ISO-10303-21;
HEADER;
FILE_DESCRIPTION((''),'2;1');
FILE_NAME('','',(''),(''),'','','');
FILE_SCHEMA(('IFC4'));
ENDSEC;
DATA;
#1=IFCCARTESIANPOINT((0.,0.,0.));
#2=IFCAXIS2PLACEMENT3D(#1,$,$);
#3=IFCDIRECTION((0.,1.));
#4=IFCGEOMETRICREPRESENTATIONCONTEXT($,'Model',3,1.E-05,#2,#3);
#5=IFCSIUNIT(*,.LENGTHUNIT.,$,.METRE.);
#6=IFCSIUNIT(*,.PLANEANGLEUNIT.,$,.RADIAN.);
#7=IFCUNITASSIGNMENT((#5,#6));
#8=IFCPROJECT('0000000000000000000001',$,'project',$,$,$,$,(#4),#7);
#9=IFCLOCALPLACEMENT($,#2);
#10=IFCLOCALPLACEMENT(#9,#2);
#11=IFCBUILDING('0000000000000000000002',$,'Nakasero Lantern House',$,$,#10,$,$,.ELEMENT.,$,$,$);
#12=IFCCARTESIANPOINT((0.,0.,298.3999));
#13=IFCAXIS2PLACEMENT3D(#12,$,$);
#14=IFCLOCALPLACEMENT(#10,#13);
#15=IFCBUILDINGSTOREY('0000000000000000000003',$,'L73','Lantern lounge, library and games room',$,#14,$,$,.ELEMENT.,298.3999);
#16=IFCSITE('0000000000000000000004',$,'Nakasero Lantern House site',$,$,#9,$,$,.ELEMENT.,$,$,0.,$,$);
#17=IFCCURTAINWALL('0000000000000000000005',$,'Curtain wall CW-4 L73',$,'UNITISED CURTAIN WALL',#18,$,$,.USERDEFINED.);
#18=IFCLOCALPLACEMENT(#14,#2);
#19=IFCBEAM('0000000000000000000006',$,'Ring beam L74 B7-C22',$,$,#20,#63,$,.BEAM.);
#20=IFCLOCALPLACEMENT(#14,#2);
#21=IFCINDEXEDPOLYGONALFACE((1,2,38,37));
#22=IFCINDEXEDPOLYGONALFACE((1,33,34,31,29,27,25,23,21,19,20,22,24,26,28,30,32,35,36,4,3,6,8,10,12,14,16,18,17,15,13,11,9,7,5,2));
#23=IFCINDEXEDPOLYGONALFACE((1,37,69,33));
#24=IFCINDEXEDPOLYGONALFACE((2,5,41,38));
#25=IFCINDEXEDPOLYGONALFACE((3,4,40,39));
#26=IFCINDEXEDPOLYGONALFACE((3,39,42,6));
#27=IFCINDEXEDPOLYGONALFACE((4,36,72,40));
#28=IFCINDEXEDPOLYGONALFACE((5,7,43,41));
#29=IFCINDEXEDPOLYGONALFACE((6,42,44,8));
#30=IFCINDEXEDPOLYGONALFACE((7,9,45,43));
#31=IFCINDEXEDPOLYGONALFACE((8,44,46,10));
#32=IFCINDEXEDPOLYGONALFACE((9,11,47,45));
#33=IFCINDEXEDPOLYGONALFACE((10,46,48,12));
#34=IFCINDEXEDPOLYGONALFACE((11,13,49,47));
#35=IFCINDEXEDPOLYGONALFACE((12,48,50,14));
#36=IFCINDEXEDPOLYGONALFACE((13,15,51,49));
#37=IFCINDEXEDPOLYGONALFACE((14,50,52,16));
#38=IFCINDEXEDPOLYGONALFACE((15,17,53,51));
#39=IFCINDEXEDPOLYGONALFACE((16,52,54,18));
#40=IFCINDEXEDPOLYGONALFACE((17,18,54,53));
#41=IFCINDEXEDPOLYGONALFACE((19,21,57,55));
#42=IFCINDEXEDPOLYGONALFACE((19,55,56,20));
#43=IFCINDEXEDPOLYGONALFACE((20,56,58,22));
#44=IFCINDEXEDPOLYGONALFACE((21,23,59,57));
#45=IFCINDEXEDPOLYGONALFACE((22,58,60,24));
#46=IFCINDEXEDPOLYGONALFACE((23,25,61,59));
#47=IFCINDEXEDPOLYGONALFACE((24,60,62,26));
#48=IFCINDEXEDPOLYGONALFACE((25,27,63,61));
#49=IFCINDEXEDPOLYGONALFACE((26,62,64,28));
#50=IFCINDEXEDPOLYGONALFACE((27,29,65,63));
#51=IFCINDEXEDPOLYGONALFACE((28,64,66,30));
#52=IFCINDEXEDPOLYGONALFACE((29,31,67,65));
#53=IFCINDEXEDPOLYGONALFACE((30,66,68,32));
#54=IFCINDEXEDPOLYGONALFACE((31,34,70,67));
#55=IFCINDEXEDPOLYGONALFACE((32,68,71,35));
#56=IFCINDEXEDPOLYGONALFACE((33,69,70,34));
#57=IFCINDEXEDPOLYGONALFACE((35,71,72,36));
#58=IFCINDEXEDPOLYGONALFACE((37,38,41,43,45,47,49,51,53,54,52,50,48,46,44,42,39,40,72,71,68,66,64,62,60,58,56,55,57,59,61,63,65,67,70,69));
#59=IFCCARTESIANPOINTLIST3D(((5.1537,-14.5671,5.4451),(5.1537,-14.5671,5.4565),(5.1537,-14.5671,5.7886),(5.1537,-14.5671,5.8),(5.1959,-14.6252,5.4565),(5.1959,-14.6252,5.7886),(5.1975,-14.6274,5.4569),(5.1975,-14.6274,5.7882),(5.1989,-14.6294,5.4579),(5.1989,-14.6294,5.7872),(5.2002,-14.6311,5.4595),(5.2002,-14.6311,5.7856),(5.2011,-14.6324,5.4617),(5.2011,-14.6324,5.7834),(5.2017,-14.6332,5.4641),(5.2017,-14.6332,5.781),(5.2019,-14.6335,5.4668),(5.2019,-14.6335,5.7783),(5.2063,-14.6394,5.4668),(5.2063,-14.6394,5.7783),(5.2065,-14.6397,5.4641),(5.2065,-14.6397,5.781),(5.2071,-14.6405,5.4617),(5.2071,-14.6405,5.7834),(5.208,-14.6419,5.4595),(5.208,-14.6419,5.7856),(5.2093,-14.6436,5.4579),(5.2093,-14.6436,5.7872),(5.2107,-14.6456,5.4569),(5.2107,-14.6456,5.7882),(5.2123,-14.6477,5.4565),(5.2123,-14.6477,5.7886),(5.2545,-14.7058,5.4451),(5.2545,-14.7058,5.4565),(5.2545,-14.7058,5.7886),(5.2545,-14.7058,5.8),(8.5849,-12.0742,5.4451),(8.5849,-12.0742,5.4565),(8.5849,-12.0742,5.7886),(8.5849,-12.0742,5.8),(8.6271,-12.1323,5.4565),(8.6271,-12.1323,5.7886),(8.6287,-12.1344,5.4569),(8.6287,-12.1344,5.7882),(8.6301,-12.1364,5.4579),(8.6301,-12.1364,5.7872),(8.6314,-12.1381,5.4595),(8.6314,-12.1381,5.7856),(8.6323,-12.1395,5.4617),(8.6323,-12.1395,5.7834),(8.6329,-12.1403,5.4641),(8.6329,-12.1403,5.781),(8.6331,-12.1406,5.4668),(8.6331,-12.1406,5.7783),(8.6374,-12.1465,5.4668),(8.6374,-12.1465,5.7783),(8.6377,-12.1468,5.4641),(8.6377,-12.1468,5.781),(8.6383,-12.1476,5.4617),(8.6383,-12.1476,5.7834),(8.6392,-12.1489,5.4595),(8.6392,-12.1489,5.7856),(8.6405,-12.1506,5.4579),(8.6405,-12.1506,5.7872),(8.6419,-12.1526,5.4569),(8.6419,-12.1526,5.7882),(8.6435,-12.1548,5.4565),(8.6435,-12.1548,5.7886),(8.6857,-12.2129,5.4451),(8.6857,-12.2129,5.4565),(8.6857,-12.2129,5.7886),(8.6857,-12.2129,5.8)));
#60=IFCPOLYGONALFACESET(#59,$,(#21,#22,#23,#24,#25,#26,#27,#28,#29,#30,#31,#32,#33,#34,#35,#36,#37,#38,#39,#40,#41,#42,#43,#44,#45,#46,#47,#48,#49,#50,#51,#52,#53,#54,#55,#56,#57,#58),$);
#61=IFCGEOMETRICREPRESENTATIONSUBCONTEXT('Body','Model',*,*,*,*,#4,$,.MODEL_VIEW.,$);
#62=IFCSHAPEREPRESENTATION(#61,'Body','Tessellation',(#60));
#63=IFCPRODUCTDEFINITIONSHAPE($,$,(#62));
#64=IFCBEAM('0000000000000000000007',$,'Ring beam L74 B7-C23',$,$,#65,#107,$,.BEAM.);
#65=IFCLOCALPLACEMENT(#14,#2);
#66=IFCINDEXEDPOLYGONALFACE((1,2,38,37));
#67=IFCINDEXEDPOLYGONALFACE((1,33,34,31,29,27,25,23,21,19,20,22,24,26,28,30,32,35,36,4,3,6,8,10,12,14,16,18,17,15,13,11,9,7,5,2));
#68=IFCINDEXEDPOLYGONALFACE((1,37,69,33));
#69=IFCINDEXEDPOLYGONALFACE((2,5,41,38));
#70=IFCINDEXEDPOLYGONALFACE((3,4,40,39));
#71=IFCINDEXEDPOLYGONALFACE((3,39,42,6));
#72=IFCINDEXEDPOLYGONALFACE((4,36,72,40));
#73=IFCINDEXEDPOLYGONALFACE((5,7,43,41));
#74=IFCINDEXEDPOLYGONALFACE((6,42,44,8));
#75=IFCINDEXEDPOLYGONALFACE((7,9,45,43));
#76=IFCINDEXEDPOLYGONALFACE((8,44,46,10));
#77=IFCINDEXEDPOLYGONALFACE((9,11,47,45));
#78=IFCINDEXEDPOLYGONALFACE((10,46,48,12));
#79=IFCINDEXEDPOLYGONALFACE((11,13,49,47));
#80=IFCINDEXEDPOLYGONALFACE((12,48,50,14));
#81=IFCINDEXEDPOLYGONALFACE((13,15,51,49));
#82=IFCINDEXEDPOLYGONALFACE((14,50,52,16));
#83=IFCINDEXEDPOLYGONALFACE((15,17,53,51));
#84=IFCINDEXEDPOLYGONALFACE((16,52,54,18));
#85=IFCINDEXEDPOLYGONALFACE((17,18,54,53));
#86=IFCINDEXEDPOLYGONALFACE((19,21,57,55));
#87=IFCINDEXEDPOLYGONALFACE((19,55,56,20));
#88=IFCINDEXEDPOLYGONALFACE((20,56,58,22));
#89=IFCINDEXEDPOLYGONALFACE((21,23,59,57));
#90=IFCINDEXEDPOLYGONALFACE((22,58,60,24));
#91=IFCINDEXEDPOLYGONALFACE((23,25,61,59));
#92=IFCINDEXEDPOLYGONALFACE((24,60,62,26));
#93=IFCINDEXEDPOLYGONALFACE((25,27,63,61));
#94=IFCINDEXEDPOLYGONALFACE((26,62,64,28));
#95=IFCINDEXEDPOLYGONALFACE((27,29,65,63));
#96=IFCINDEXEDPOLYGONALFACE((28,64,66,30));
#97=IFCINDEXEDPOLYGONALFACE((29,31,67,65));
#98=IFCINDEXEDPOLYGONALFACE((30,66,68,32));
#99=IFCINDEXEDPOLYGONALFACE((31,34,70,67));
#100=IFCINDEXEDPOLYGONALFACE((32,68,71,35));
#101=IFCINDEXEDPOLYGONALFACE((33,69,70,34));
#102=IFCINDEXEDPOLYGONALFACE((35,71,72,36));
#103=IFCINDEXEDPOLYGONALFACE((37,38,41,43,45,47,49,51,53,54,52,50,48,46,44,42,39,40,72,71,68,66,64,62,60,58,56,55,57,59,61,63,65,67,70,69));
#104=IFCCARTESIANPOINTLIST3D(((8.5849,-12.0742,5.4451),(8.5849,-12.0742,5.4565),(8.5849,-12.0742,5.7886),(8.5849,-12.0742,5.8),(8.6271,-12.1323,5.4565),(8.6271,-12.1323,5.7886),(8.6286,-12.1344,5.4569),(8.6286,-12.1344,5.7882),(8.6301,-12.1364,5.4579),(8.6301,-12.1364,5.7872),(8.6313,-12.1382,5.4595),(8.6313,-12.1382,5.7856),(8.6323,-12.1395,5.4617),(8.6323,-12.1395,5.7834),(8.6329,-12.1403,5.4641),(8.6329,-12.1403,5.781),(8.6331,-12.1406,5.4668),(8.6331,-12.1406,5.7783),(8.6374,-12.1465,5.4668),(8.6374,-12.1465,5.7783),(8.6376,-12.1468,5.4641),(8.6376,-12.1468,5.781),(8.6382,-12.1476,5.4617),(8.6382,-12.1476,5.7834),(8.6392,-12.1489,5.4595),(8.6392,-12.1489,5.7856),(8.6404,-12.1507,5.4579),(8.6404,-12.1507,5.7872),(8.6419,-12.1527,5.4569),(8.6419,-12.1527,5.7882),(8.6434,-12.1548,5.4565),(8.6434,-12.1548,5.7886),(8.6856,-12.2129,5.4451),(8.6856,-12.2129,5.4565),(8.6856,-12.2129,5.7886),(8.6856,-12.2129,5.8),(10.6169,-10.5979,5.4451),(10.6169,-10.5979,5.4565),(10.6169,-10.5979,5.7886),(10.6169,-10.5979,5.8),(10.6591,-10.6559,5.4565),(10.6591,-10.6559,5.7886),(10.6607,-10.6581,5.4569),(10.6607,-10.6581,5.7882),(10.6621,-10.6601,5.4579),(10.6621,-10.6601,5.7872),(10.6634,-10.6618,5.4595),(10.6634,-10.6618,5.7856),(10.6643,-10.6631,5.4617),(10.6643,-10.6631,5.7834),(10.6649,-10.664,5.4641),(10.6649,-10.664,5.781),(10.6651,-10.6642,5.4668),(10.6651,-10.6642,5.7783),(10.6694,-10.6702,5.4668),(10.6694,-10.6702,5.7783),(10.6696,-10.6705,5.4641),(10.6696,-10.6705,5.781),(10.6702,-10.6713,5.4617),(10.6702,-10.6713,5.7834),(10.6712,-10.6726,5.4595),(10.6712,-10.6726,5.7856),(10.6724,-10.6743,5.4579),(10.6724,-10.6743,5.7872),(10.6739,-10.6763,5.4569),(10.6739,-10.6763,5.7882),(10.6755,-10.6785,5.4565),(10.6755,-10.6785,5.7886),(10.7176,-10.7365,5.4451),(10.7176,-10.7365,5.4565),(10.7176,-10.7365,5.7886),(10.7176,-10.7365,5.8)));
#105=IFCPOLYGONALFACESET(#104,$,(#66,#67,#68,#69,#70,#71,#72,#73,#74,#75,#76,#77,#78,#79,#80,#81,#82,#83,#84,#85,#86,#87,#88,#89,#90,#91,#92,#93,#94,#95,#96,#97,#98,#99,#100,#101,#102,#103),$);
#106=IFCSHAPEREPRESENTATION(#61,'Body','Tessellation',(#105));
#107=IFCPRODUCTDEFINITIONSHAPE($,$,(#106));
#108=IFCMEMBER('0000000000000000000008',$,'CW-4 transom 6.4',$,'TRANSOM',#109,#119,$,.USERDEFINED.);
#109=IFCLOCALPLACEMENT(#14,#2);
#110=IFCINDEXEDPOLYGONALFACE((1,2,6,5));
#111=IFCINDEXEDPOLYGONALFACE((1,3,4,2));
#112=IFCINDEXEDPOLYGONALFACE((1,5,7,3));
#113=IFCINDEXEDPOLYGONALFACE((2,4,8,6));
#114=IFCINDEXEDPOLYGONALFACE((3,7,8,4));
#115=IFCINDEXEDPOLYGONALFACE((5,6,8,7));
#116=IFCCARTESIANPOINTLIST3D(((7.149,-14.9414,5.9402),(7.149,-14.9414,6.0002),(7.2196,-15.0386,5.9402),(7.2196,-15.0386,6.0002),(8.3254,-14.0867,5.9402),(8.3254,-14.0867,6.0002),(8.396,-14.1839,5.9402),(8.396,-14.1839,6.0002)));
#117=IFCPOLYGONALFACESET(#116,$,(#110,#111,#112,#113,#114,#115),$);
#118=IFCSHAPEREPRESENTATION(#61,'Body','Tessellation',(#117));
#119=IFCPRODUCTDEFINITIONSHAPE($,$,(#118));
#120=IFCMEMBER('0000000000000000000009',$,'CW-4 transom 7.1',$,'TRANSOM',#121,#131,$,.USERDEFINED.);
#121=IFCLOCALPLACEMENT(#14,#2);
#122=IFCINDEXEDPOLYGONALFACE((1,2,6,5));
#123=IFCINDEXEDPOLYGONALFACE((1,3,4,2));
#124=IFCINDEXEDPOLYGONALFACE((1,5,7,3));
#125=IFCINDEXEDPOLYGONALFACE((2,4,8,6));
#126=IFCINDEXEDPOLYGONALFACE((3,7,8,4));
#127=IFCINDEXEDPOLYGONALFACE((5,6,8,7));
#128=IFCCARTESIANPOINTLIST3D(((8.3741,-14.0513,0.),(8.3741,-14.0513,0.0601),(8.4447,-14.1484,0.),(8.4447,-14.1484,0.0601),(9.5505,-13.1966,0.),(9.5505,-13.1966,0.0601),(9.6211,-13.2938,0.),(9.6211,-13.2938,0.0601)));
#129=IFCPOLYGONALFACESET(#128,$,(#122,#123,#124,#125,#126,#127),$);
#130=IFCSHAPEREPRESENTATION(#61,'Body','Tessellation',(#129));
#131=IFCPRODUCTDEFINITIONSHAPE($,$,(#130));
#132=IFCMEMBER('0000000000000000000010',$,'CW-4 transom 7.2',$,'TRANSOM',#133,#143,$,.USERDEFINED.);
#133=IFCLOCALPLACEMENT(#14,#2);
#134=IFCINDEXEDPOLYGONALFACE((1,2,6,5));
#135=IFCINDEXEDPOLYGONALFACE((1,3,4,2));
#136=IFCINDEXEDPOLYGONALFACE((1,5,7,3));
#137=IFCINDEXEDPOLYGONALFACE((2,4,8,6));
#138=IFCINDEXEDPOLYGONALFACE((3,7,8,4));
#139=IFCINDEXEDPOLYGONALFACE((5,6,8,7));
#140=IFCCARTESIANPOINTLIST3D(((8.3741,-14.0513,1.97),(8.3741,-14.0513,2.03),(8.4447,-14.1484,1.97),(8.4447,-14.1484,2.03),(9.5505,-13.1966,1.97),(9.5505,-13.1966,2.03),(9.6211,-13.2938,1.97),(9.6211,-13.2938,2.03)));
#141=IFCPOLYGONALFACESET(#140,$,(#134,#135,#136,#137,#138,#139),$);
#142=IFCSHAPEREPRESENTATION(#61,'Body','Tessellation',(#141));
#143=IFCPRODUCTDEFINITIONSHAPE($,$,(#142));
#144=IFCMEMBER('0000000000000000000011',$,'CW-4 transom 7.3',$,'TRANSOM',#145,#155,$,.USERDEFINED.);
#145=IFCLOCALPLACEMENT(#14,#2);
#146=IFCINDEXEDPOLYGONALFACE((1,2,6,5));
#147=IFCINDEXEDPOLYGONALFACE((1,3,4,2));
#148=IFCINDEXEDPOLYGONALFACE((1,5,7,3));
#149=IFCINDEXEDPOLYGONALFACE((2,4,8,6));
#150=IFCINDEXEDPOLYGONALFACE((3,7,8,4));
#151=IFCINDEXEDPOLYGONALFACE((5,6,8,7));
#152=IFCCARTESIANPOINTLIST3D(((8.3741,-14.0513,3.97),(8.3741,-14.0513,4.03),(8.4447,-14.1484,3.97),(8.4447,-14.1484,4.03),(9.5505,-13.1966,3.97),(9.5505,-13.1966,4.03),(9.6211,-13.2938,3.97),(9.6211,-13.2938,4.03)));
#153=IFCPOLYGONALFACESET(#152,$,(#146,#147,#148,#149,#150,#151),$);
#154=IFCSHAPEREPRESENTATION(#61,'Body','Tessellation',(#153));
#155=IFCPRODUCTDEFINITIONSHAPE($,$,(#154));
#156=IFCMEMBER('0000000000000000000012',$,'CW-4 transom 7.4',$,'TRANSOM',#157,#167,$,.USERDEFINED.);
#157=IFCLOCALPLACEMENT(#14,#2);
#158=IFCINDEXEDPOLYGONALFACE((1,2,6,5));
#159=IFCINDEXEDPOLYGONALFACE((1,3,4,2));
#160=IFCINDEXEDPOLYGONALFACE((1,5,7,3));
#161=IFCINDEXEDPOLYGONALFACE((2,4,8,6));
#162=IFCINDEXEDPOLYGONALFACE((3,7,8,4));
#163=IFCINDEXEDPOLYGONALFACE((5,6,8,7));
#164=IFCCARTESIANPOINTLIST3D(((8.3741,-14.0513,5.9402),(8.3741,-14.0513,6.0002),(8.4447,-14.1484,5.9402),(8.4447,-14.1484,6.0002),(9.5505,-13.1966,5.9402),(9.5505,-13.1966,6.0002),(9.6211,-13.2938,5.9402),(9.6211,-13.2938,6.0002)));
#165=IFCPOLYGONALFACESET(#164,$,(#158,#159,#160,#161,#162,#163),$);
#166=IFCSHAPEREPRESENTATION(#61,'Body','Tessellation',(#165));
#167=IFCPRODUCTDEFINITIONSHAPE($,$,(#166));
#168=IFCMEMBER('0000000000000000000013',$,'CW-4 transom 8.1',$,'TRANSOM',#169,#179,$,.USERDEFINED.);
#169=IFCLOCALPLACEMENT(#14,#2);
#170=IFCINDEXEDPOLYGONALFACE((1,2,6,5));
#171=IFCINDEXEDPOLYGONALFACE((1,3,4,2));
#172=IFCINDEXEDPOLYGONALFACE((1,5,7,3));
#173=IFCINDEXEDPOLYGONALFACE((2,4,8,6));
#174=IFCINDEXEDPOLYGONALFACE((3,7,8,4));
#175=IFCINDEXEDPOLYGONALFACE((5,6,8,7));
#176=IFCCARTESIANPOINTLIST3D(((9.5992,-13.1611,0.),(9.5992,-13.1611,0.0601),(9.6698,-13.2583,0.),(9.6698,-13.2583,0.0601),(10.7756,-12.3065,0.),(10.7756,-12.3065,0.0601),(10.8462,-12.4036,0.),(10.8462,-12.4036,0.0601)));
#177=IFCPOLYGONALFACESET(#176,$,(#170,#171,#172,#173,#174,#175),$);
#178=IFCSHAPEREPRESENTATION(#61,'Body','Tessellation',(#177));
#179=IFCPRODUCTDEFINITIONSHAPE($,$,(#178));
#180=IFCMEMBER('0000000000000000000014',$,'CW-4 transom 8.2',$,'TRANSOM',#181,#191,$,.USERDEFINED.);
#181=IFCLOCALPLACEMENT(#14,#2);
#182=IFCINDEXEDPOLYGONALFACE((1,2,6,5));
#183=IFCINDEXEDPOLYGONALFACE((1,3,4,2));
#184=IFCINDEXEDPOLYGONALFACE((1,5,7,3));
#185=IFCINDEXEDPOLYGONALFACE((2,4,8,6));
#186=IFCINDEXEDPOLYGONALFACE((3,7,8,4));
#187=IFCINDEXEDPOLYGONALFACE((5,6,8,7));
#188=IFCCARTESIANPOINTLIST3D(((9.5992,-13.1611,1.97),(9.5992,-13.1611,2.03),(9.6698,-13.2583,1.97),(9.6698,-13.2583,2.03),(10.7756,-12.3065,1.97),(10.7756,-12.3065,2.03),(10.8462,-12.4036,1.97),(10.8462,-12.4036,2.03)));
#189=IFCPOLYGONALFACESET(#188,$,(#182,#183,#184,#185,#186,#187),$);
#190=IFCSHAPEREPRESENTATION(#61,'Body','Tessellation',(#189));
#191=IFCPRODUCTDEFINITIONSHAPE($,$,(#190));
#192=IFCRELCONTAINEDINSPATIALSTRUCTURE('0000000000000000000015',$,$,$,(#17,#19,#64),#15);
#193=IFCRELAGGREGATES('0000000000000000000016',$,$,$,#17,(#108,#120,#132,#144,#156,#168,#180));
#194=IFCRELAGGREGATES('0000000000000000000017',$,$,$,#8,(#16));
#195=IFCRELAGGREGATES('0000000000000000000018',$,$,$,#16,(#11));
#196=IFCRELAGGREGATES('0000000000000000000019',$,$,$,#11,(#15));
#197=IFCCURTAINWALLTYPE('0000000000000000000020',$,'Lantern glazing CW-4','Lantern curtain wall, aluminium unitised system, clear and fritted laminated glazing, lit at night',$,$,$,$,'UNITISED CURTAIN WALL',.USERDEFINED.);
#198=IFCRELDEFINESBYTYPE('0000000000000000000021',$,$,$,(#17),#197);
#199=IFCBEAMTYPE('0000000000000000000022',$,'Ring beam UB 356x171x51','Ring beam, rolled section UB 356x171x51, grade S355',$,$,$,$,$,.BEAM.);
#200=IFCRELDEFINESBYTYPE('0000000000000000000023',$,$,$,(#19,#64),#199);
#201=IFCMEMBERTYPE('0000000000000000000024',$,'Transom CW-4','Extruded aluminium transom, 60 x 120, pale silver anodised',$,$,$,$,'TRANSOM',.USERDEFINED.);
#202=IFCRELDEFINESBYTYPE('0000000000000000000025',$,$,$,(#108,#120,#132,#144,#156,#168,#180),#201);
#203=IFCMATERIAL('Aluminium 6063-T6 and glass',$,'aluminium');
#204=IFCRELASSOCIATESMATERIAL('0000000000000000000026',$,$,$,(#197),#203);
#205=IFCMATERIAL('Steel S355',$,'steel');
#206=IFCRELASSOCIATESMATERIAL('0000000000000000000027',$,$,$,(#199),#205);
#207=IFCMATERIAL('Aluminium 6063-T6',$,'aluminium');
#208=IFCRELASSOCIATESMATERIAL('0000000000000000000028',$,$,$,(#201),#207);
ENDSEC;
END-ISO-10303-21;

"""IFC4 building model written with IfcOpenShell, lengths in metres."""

from ifc_helpers import new_model, si_unit, direction, frame, origin, origin_2d, place, context, subcontext, project, spatial, rectangle, i_section, extrude, material, material_profile, profile_set, type_object, element, aggregate, save


model = new_model("IFC4")

# Units and contexts
model_context = context("Model", 3, precision=1e-05, world=origin(), true_north=direction((0.0, 1.0)))
body_context = subcontext(model_context, "Body", "Model", "MODEL_VIEW")
ifc_project = project(units=[si_unit("LENGTHUNIT", "METRE"), si_unit("PLANEANGLEUNIT", "RADIAN")], contexts=[model_context])

# Site, building, storey
site_placement = place(None, origin())
site = spatial("IfcSite", under=ifc_project, at=site_placement, Name="Nakasero Lantern House site", CompositionType="ELEMENT", RefElevation=0.0)
building_placement = place(site_placement, origin())
building = spatial("IfcBuilding", under=site, at=building_placement, Name="Nakasero Lantern House", CompositionType="ELEMENT")
storey_placement = place(building_placement, frame((0.0, 0.0, 298.3999)))
storey = spatial("IfcBuildingStorey", under=building, at=storey_placement, Name="L73", Description="Lantern lounge, library and games room", CompositionType="ELEMENT", Elevation=298.3999)

# Curtain wall
ifc_material_1 = material(Name="Aluminium 6063-T6 and glass", Category="aluminium")
curtain_wall_type = type_object("IfcCurtainWallType", Name="Lantern glazing CW-4", Description="Lantern curtain wall, aluminium unitised system, clear and fritted laminated glazing, lit at night", ElementType="UNITISED CURTAIN WALL", PredefinedType="USERDEFINED", material=ifc_material_1)
curtain_wall_placement = place(storey_placement, origin())
curtain_wall = element("IfcCurtainWall", 1, at=curtain_wall_placement, inside=storey, type_object=curtain_wall_type, Name="Curtain wall CW-4 L73", ObjectType="UNITISED CURTAIN WALL", PredefinedType="USERDEFINED")

# Beams
ifc_material_2 = material(Name="Steel S355", Category="steel")
ifc_material_profile_1 = material_profile(ifc_material_2, i_section(OverallWidth=0.1714, OverallDepth=0.355, WebThickness=0.0073, FlangeThickness=0.0115, FilletRadius=0.0103, at=origin_2d()), Name="UB 356x171x51")
ifc_profile_set_1 = profile_set([ifc_material_profile_1], Name="Steel S355")
beam_type_1 = type_object("IfcBeamType", Name="Ring beam UB 356x171x51", Description="Ring beam, rolled section UB 356x171x51, grade S355", PredefinedType="BEAM", material=ifc_profile_set_1)
beam_1_placement = place(storey_placement, frame((5.2041, -14.6365, 5.6226), z_axis=(0.809012, 0.587792, 0.0), x_axis=(-0.587792, 0.809012, 0.0)))
element("IfcBeam", 2, at=beam_1_placement, inside=storey, type_object=beam_type_1, Name="Ring beam L74 B7-C22", PredefinedType="BEAM", context=body_context, shape_type="SweptSolid", body=[
    extrude(i_section(OverallWidth=0.1714, OverallDepth=0.355, WebThickness=0.0073, FlangeThickness=0.0115, FilletRadius=0.0103, at=origin_2d()), origin(), (0.0, 0.0, 1.0), 4.2412),
])
beam_2_placement = place(storey_placement, frame((8.6353, -12.1436, 5.6226), z_axis=(0.809018, 0.587784, 0.0), x_axis=(-0.587784, 0.809018, 0.0)))
element("IfcBeam", 3, at=beam_2_placement, inside=storey, type_object=beam_type_1, Name="Ring beam L74 B7-C23", PredefinedType="BEAM", context=body_context, shape_type="SweptSolid", body=[
    extrude(i_section(OverallWidth=0.1714, OverallDepth=0.355, WebThickness=0.0073, FlangeThickness=0.0115, FilletRadius=0.0103, at=origin_2d()), origin(), (0.0, 0.0, 1.0), 2.5117),
])

# Members
ifc_material_3 = material(Name="Aluminium 6063-T6", Category="aluminium")
ifc_material_profile_2 = material_profile(ifc_material_3, rectangle(XDim=0.0601, YDim=0.1201, at=origin_2d()), Name="CW-4 transom 60x120")
ifc_profile_set_2 = profile_set([ifc_material_profile_2], Name="Aluminium 6063-T6")
member_type_1 = type_object("IfcMemberType", Name="Transom CW-4", Description="Extruded aluminium transom, 60 x 120, pale silver anodised", ElementType="TRANSOM", PredefinedType="USERDEFINED", material=ifc_profile_set_2)
member_1_placement = place(storey_placement, frame((7.1843, -14.99, 5.9702), z_axis=(0.809034, 0.587762, 0.0), x_axis=(0.0, 0.0, 1.0)))
member_1 = element("IfcMember", 4, at=member_1_placement, type_object=member_type_1, Name="CW-4 transom 6.4", ObjectType="TRANSOM", PredefinedType="USERDEFINED", context=body_context, shape_type="SweptSolid", body=[
    extrude(rectangle(XDim=0.0601, YDim=0.1201, at=origin_2d()), origin(), (0.0, 0.0, 1.0), 1.4541),
])
member_2_placement = place(storey_placement, frame((8.4094, -14.0999, 0.03), z_axis=(0.809034, 0.587762, 0.0), x_axis=(0.0, 0.0, 1.0)))
member_2 = element("IfcMember", 5, at=member_2_placement, type_object=member_type_1, Name="CW-4 transom 7.1", ObjectType="TRANSOM", PredefinedType="USERDEFINED", context=body_context, shape_type="SweptSolid", body=[
    extrude(rectangle(XDim=0.0601, YDim=0.1201, at=origin_2d()), origin(), (0.0, 0.0, 1.0), 1.4541),
])
member_3_placement = place(storey_placement, frame((8.4094, -14.0999, 2.0), z_axis=(0.809034, 0.587762, 0.0), x_axis=(0.0, 0.0, 1.0)))
member_3 = element("IfcMember", 6, at=member_3_placement, type_object=member_type_1, Name="CW-4 transom 7.2", ObjectType="TRANSOM", PredefinedType="USERDEFINED", context=body_context, shape_type="SweptSolid", body=[
    extrude(rectangle(XDim=0.0601, YDim=0.1201, at=origin_2d()), origin(), (0.0, 0.0, 1.0), 1.4541),
])
member_4_placement = place(storey_placement, frame((8.4094, -14.0999, 4.0), z_axis=(0.809034, 0.587762, 0.0), x_axis=(0.0, 0.0, 1.0)))
member_4 = element("IfcMember", 7, at=member_4_placement, type_object=member_type_1, Name="CW-4 transom 7.3", ObjectType="TRANSOM", PredefinedType="USERDEFINED", context=body_context, shape_type="SweptSolid", body=[
    extrude(rectangle(XDim=0.0601, YDim=0.1201, at=origin_2d()), origin(), (0.0, 0.0, 1.0), 1.4541),
])
member_5_placement = place(storey_placement, frame((8.4094, -14.0999, 5.9702), z_axis=(0.809034, 0.587762, 0.0), x_axis=(0.0, 0.0, 1.0)))
member_5 = element("IfcMember", 8, at=member_5_placement, type_object=member_type_1, Name="CW-4 transom 7.4", ObjectType="TRANSOM", PredefinedType="USERDEFINED", context=body_context, shape_type="SweptSolid", body=[
    extrude(rectangle(XDim=0.0601, YDim=0.1201, at=origin_2d()), origin(), (0.0, 0.0, 1.0), 1.4541),
])
member_6_placement = place(storey_placement, frame((9.6345, -13.2097, 0.03), z_axis=(0.809034, 0.587762, 0.0), x_axis=(0.0, 0.0, 1.0)))
member_6 = element("IfcMember", 9, at=member_6_placement, type_object=member_type_1, Name="CW-4 transom 8.1", ObjectType="TRANSOM", PredefinedType="USERDEFINED", context=body_context, shape_type="SweptSolid", body=[
    extrude(rectangle(XDim=0.0601, YDim=0.1201, at=origin_2d()), origin(), (0.0, 0.0, 1.0), 1.4541),
])
member_7_placement = place(storey_placement, frame((9.6345, -13.2097, 2.0), z_axis=(0.809034, 0.587762, 0.0), x_axis=(0.0, 0.0, 1.0)))
member_7 = element("IfcMember", 10, at=member_7_placement, type_object=member_type_1, Name="CW-4 transom 8.2", ObjectType="TRANSOM", PredefinedType="USERDEFINED", context=body_context, shape_type="SweptSolid", body=[
    extrude(rectangle(XDim=0.0601, YDim=0.1201, at=origin_2d()), origin(), (0.0, 0.0, 1.0), 1.4541),
])

aggregate(curtain_wall, [member_1, member_2, member_3, member_4, member_5, member_6, member_7])

save(model, "model.ifc")
